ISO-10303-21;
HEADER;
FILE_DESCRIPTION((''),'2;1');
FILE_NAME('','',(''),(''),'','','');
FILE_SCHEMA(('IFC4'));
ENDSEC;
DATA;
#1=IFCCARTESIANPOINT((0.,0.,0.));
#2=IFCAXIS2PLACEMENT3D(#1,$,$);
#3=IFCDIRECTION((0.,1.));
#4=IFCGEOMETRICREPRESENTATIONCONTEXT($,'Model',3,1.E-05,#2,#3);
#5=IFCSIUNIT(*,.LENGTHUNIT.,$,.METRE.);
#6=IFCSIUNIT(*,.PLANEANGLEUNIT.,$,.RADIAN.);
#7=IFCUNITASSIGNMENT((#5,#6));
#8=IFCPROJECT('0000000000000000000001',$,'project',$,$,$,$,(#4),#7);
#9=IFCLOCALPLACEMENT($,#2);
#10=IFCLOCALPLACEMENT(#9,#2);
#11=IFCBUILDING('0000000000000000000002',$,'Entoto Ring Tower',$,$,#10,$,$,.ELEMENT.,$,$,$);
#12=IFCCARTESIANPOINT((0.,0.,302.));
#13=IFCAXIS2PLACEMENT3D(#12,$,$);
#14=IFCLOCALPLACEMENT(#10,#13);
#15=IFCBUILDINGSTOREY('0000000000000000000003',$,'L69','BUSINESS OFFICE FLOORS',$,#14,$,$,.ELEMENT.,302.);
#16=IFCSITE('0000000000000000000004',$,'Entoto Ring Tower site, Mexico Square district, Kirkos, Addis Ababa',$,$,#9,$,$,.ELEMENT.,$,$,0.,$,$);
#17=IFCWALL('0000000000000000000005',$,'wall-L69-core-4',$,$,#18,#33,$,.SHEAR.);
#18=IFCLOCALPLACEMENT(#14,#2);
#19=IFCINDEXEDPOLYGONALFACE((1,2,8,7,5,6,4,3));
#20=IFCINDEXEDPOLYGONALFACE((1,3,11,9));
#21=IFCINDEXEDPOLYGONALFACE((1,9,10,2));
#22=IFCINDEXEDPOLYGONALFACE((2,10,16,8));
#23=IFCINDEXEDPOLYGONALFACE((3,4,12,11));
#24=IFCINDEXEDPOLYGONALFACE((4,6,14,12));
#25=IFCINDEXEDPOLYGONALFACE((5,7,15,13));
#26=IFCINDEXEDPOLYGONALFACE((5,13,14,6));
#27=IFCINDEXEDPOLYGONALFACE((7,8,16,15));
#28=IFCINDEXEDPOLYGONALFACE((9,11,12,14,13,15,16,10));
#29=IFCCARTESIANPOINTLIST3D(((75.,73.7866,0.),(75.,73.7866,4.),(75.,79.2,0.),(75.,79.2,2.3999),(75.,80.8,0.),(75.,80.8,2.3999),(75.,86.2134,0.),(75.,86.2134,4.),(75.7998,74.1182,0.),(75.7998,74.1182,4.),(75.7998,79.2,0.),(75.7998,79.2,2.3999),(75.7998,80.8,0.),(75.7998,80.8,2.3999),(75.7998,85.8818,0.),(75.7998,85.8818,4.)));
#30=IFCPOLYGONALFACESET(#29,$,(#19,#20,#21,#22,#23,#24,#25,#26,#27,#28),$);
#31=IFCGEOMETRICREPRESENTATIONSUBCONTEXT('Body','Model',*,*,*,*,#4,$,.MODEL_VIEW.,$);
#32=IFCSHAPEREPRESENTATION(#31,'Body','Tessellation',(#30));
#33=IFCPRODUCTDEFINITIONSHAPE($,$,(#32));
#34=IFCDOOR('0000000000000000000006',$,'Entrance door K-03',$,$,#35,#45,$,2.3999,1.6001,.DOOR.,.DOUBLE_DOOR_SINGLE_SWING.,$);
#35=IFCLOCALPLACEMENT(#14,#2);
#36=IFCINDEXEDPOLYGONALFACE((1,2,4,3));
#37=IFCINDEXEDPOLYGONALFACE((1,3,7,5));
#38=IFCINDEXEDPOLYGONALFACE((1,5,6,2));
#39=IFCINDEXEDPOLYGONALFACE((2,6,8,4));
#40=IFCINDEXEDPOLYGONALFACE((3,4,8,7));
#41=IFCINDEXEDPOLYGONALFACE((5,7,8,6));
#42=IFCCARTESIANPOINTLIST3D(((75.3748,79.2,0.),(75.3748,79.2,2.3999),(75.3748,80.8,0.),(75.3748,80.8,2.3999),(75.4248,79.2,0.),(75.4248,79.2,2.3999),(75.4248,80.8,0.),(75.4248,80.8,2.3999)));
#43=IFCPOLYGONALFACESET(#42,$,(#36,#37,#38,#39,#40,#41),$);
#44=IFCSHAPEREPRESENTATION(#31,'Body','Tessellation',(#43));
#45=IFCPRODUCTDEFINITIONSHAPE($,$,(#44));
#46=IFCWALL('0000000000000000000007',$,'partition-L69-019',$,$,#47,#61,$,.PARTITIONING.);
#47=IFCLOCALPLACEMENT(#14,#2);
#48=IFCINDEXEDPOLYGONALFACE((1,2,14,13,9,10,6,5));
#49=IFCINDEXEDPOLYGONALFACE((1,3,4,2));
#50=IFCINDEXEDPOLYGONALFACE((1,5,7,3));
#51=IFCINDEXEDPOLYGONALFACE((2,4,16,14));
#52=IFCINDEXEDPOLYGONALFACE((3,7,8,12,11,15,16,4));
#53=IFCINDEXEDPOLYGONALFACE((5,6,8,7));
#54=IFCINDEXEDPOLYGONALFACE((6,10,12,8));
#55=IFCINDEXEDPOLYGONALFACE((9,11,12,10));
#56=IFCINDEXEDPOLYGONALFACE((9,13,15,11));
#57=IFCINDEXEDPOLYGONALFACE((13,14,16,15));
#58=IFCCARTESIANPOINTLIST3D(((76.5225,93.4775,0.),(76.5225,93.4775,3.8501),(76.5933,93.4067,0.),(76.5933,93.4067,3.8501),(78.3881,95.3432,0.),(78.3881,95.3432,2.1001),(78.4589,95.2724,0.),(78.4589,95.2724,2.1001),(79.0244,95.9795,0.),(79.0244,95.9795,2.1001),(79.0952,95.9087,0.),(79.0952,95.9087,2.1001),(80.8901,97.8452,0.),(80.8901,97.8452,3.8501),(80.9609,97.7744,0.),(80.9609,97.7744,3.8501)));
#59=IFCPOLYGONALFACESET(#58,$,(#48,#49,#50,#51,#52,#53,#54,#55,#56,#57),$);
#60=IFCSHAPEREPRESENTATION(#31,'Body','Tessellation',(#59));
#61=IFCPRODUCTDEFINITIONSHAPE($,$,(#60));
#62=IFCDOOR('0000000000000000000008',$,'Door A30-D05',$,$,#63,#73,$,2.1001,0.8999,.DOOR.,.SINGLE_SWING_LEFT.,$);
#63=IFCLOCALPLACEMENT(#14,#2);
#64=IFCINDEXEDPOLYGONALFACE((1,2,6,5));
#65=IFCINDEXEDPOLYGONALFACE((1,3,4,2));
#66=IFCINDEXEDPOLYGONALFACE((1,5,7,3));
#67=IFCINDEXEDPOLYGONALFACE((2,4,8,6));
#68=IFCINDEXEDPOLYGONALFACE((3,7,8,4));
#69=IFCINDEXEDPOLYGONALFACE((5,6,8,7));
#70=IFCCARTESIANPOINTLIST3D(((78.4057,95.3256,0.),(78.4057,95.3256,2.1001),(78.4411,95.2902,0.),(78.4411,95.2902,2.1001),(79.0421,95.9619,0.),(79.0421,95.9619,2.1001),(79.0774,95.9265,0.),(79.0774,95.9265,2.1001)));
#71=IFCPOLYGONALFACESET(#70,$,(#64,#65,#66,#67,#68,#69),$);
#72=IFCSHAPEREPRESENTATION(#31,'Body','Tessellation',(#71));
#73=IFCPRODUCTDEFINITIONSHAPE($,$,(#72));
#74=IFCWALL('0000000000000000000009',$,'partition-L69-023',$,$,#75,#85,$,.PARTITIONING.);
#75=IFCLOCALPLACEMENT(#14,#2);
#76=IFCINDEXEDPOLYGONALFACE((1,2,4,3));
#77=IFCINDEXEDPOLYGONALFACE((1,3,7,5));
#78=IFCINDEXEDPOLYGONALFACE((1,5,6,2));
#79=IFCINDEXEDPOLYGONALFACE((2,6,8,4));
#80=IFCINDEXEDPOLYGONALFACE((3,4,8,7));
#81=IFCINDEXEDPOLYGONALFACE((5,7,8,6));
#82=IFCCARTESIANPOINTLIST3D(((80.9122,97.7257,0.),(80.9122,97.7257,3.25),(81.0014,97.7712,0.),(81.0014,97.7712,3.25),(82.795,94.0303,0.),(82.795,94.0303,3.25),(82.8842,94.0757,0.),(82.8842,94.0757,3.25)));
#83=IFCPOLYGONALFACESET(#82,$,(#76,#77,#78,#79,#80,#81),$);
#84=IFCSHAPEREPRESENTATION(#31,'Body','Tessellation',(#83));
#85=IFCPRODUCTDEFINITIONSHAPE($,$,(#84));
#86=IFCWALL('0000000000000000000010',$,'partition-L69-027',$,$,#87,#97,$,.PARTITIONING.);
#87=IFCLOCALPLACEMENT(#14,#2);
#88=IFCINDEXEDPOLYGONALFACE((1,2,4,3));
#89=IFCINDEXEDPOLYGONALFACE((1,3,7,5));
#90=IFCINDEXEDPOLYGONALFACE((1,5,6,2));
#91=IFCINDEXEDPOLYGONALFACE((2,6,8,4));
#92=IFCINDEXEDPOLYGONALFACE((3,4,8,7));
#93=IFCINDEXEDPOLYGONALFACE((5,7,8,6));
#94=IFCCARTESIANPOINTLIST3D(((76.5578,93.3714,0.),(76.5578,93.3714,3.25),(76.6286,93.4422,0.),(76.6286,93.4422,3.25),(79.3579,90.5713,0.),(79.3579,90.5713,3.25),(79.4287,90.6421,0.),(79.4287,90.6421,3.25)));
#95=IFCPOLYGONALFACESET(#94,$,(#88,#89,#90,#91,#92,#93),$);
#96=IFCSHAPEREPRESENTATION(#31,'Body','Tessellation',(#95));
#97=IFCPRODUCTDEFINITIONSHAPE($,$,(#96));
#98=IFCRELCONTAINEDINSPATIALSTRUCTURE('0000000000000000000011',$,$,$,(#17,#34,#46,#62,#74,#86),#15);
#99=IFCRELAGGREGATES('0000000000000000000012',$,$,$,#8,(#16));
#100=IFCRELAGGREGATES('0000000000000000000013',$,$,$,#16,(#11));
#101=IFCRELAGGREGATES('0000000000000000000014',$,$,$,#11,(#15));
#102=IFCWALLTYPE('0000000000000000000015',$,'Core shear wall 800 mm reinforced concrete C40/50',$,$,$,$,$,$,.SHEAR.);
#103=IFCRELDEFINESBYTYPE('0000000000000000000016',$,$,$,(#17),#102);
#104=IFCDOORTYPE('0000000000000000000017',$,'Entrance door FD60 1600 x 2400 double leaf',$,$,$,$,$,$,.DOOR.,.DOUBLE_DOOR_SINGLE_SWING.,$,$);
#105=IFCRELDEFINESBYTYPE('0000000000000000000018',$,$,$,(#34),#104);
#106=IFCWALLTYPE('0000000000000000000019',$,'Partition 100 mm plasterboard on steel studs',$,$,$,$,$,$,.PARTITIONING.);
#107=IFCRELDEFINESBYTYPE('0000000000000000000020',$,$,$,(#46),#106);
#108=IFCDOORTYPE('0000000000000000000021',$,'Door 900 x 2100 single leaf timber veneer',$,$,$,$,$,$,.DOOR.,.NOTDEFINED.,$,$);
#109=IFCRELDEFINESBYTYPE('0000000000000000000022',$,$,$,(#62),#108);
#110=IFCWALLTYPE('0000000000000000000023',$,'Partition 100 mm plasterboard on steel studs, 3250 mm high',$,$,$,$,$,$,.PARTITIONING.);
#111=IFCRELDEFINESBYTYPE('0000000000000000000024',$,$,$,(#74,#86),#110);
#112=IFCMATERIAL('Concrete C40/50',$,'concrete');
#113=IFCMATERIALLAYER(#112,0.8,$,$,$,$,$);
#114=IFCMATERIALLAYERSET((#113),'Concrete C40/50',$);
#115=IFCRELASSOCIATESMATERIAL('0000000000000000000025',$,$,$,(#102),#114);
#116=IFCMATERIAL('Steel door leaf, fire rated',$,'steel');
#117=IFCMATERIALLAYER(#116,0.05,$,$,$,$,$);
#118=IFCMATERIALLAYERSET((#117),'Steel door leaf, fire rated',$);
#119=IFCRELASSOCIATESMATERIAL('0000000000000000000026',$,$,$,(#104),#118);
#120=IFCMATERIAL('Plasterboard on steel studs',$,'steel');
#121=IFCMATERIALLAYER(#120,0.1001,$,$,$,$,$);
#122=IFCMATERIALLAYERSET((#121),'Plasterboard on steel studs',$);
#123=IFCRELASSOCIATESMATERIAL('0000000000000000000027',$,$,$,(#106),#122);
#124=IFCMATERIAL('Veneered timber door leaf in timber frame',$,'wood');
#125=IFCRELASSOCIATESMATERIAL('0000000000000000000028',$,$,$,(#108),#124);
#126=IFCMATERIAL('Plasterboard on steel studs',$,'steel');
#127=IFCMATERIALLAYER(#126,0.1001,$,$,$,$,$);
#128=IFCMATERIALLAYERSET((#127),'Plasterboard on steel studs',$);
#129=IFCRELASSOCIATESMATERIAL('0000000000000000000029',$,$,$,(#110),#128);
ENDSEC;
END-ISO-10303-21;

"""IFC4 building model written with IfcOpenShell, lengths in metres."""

from ifc_helpers import new_model, si_unit, direction, frame, frame_2d, origin, place, context, subcontext, project, spatial, polyline, rectangle, outline, extrude, material, layer, layer_set, type_object, element, fill, save


model = new_model("IFC4")

# Units and contexts
model_context = context("Model", 3, precision=1e-05, world=origin(), true_north=direction((0.0, 1.0)))
body_context = subcontext(model_context, "Body", "Model", "MODEL_VIEW")
ifc_project = project(units=[si_unit("LENGTHUNIT", "METRE"), si_unit("PLANEANGLEUNIT", "RADIAN")], contexts=[model_context])

# Site, building, storey
site_placement = place(None, origin())
site = spatial("IfcSite", under=ifc_project, at=site_placement, Name="Entoto Ring Tower site, Mexico Square district, Kirkos, Addis Ababa", CompositionType="ELEMENT", RefElevation=0.0)
building_placement = place(site_placement, origin())
building = spatial("IfcBuilding", under=site, at=building_placement, Name="Entoto Ring Tower", CompositionType="ELEMENT")
storey_placement = place(building_placement, frame((0.0, 0.0, 302.0)))
storey = spatial("IfcBuildingStorey", under=building, at=storey_placement, Name="L69", Description="BUSINESS OFFICE FLOORS", CompositionType="ELEMENT", Elevation=302.0)

# Shared definitions
ifc_material_1 = material(Name="Concrete C40/50", Category="concrete")
ifc_layer_1 = layer(ifc_material_1, 0.8)
ifc_layer_set_1 = layer_set([ifc_layer_1], Name="Concrete C40/50")
wall_type_1 = type_object("IfcWallType", Name="Core shear wall 800 mm reinforced concrete C40/50", PredefinedType="SHEAR", material=ifc_layer_set_1)

# Walls, openings, doors
wall_1_placement = place(storey_placement, frame((75.3999, 86.0476, 0.0), z_axis=(0.0, 0.0, 1.0), x_axis=(0.0, -1.0, 0.0)))
wall_1 = element("IfcWall", 1, at=wall_1_placement, inside=storey, type_object=wall_type_1, Name="wall-L69-core-4", PredefinedType="SHEAR", context=body_context, shape_type="SweptSolid", body=[
    extrude(outline(polyline([(-0.1658, -0.3999), (12.261, -0.3999), (11.9294, 0.3999), (0.1658, 0.3999), (-0.1658, -0.3999)])), origin(), (0.0, 0.0, 1.0), 4.0),
])
opening_1_placement = place(wall_1_placement, frame((5.2476, 0.0, 0.0)))
opening_1 = element("IfcOpeningElement", 2, at=opening_1_placement, cuts=wall_1, PredefinedType="OPENING", context=body_context, shape_type="SweptSolid", body=[
    extrude(rectangle(XDim=1.6001, YDim=2.3999, at=frame_2d((0.8, 1.2))), frame((0.0, 0.4102, 0.0), z_axis=(0.0, -1.0, 0.0), x_axis=(1.0, 0.0, 0.0)), (0.0, 0.0, 1.0), 0.8201),
])
ifc_material_2 = material(Name="Steel door leaf, fire rated", Category="steel")
ifc_layer_2 = layer(ifc_material_2, 0.05)
ifc_layer_set_2 = layer_set([ifc_layer_2], Name="Steel door leaf, fire rated")
door_type_1 = type_object("IfcDoorType", Name="Entrance door FD60 1600 x 2400 double leaf", OperationType="DOUBLE_DOOR_SINGLE_SWING", PredefinedType="DOOR", material=ifc_layer_set_2)
door_1_placement = place(opening_1_placement, origin())
door_1 = element("IfcDoor", 3, at=door_1_placement, inside=storey, type_object=door_type_1, Name="Entrance door K-03", OperationType="DOUBLE_DOOR_SINGLE_SWING", OverallHeight=2.3999, OverallWidth=1.6001, PredefinedType="DOOR", context=body_context, shape_type="SweptSolid", body=[
    extrude(rectangle(XDim=1.6001, YDim=2.3999, at=frame_2d((0.8, 1.2))), frame((0.0, 0.0249, 0.0), z_axis=(0.0, -1.0, 0.0), x_axis=(1.0, 0.0, 0.0)), (0.0, 0.0, 1.0), 0.05),
])
fill(opening_1, door_1)
ifc_material_3 = material(Name="Plasterboard on steel studs", Category="steel")
ifc_layer_3 = layer(ifc_material_3, 0.1001)
ifc_layer_set_3 = layer_set([ifc_layer_3], Name="Plasterboard on steel studs")
wall_type_2 = type_object("IfcWallType", Name="Partition 100 mm plasterboard on steel studs", PredefinedType="PARTITIONING", material=ifc_layer_set_3)
wall_2_placement = place(storey_placement, frame((76.5579, 93.4421, 0.0), z_axis=(0.0, 0.0, 1.0), x_axis=(0.707107, 0.707107, 0.0)))
wall_2 = element("IfcWall", 4, at=wall_2_placement, inside=storey, type_object=wall_type_2, Name="partition-L69-019", PredefinedType="PARTITIONING", context=body_context, shape_type="SweptSolid", body=[
    extrude(rectangle(XDim=6.1768, YDim=0.1001, at=frame_2d((3.0884, 0.0))), origin(), (0.0, 0.0, 1.0), 3.8501),
])
opening_2_placement = place(wall_2_placement, frame((2.6384, 0.0, 0.0)))
opening_2 = element("IfcOpeningElement", 5, at=opening_2_placement, cuts=wall_2, PredefinedType="OPENING", context=body_context, shape_type="SweptSolid", body=[
    extrude(rectangle(XDim=0.8999, YDim=2.1001, at=frame_2d((0.45, 1.05))), frame((0.0, 0.0601, 0.0), z_axis=(0.0, -1.0, 0.0), x_axis=(1.0, 0.0, 0.0)), (0.0, 0.0, 1.0), 0.1201),
])
ifc_material_4 = material(Name="Veneered timber door leaf in timber frame", Category="wood")
door_type_2 = type_object("IfcDoorType", Name="Door 900 x 2100 single leaf timber veneer", OperationType="NOTDEFINED", PredefinedType="DOOR", material=ifc_material_4)
door_2_placement = place(opening_2_placement, frame((0.8999, 0.0, 0.0), z_axis=(0.0, 0.0, 1.0), x_axis=(-1.0, 0.0, 0.0)))
door_2 = element("IfcDoor", 6, at=door_2_placement, inside=storey, type_object=door_type_2, Name="Door A30-D05", OperationType="SINGLE_SWING_LEFT", OverallHeight=2.1001, OverallWidth=0.8999, PredefinedType="DOOR", context=body_context, shape_type="SweptSolid", body=[
    extrude(rectangle(XDim=0.8999, YDim=2.1001, at=frame_2d((0.45, 1.05))), frame((0.0, 0.0249, 0.0), z_axis=(0.0, -1.0, 0.0), x_axis=(1.0, 0.0, 0.0)), (0.0, 0.0, 1.0), 0.05),
])
fill(opening_2, door_2)

# Walls
ifc_material_5 = material(Name="Plasterboard on steel studs", Category="steel")
ifc_layer_4 = layer(ifc_material_5, 0.1001)
ifc_layer_set_4 = layer_set([ifc_layer_4], Name="Plasterboard on steel studs")
wall_type_3 = type_object("IfcWallType", Name="Partition 100 mm plasterboard on steel studs, 3250 mm high", PredefinedType="PARTITIONING", material=ifc_layer_set_4)
wall_3_placement = place(storey_placement, frame((82.8396, 94.053, 0.0), z_axis=(0.0, 0.0, 1.0), x_axis=(-0.453958, 0.891023, 0.0)))
element("IfcWall", 7, at=wall_3_placement, inside=storey, type_object=wall_type_3, Name="partition-L69-023", PredefinedType="PARTITIONING", context=body_context, shape_type="SweptSolid", body=[
    extrude(rectangle(XDim=4.1475, YDim=0.1001, at=frame_2d((2.0737, 0.0))), origin(), (0.0, 0.0, 1.0), 3.25),
])
wall_4_placement = place(storey_placement, frame((79.3933, 90.6067, 0.0), z_axis=(0.0, 0.0, 1.0), x_axis=(-0.707107, 0.707107, 0.0)))
element("IfcWall", 8, at=wall_4_placement, inside=storey, type_object=wall_type_3, Name="partition-L69-027", PredefinedType="PARTITIONING", context=body_context, shape_type="SweptSolid", body=[
    extrude(rectangle(XDim=3.96, YDim=0.1001, at=frame_2d((1.98, 0.0))), origin(), (0.0, 0.0, 1.0), 3.25),
])

save(model, "model.ifc")
